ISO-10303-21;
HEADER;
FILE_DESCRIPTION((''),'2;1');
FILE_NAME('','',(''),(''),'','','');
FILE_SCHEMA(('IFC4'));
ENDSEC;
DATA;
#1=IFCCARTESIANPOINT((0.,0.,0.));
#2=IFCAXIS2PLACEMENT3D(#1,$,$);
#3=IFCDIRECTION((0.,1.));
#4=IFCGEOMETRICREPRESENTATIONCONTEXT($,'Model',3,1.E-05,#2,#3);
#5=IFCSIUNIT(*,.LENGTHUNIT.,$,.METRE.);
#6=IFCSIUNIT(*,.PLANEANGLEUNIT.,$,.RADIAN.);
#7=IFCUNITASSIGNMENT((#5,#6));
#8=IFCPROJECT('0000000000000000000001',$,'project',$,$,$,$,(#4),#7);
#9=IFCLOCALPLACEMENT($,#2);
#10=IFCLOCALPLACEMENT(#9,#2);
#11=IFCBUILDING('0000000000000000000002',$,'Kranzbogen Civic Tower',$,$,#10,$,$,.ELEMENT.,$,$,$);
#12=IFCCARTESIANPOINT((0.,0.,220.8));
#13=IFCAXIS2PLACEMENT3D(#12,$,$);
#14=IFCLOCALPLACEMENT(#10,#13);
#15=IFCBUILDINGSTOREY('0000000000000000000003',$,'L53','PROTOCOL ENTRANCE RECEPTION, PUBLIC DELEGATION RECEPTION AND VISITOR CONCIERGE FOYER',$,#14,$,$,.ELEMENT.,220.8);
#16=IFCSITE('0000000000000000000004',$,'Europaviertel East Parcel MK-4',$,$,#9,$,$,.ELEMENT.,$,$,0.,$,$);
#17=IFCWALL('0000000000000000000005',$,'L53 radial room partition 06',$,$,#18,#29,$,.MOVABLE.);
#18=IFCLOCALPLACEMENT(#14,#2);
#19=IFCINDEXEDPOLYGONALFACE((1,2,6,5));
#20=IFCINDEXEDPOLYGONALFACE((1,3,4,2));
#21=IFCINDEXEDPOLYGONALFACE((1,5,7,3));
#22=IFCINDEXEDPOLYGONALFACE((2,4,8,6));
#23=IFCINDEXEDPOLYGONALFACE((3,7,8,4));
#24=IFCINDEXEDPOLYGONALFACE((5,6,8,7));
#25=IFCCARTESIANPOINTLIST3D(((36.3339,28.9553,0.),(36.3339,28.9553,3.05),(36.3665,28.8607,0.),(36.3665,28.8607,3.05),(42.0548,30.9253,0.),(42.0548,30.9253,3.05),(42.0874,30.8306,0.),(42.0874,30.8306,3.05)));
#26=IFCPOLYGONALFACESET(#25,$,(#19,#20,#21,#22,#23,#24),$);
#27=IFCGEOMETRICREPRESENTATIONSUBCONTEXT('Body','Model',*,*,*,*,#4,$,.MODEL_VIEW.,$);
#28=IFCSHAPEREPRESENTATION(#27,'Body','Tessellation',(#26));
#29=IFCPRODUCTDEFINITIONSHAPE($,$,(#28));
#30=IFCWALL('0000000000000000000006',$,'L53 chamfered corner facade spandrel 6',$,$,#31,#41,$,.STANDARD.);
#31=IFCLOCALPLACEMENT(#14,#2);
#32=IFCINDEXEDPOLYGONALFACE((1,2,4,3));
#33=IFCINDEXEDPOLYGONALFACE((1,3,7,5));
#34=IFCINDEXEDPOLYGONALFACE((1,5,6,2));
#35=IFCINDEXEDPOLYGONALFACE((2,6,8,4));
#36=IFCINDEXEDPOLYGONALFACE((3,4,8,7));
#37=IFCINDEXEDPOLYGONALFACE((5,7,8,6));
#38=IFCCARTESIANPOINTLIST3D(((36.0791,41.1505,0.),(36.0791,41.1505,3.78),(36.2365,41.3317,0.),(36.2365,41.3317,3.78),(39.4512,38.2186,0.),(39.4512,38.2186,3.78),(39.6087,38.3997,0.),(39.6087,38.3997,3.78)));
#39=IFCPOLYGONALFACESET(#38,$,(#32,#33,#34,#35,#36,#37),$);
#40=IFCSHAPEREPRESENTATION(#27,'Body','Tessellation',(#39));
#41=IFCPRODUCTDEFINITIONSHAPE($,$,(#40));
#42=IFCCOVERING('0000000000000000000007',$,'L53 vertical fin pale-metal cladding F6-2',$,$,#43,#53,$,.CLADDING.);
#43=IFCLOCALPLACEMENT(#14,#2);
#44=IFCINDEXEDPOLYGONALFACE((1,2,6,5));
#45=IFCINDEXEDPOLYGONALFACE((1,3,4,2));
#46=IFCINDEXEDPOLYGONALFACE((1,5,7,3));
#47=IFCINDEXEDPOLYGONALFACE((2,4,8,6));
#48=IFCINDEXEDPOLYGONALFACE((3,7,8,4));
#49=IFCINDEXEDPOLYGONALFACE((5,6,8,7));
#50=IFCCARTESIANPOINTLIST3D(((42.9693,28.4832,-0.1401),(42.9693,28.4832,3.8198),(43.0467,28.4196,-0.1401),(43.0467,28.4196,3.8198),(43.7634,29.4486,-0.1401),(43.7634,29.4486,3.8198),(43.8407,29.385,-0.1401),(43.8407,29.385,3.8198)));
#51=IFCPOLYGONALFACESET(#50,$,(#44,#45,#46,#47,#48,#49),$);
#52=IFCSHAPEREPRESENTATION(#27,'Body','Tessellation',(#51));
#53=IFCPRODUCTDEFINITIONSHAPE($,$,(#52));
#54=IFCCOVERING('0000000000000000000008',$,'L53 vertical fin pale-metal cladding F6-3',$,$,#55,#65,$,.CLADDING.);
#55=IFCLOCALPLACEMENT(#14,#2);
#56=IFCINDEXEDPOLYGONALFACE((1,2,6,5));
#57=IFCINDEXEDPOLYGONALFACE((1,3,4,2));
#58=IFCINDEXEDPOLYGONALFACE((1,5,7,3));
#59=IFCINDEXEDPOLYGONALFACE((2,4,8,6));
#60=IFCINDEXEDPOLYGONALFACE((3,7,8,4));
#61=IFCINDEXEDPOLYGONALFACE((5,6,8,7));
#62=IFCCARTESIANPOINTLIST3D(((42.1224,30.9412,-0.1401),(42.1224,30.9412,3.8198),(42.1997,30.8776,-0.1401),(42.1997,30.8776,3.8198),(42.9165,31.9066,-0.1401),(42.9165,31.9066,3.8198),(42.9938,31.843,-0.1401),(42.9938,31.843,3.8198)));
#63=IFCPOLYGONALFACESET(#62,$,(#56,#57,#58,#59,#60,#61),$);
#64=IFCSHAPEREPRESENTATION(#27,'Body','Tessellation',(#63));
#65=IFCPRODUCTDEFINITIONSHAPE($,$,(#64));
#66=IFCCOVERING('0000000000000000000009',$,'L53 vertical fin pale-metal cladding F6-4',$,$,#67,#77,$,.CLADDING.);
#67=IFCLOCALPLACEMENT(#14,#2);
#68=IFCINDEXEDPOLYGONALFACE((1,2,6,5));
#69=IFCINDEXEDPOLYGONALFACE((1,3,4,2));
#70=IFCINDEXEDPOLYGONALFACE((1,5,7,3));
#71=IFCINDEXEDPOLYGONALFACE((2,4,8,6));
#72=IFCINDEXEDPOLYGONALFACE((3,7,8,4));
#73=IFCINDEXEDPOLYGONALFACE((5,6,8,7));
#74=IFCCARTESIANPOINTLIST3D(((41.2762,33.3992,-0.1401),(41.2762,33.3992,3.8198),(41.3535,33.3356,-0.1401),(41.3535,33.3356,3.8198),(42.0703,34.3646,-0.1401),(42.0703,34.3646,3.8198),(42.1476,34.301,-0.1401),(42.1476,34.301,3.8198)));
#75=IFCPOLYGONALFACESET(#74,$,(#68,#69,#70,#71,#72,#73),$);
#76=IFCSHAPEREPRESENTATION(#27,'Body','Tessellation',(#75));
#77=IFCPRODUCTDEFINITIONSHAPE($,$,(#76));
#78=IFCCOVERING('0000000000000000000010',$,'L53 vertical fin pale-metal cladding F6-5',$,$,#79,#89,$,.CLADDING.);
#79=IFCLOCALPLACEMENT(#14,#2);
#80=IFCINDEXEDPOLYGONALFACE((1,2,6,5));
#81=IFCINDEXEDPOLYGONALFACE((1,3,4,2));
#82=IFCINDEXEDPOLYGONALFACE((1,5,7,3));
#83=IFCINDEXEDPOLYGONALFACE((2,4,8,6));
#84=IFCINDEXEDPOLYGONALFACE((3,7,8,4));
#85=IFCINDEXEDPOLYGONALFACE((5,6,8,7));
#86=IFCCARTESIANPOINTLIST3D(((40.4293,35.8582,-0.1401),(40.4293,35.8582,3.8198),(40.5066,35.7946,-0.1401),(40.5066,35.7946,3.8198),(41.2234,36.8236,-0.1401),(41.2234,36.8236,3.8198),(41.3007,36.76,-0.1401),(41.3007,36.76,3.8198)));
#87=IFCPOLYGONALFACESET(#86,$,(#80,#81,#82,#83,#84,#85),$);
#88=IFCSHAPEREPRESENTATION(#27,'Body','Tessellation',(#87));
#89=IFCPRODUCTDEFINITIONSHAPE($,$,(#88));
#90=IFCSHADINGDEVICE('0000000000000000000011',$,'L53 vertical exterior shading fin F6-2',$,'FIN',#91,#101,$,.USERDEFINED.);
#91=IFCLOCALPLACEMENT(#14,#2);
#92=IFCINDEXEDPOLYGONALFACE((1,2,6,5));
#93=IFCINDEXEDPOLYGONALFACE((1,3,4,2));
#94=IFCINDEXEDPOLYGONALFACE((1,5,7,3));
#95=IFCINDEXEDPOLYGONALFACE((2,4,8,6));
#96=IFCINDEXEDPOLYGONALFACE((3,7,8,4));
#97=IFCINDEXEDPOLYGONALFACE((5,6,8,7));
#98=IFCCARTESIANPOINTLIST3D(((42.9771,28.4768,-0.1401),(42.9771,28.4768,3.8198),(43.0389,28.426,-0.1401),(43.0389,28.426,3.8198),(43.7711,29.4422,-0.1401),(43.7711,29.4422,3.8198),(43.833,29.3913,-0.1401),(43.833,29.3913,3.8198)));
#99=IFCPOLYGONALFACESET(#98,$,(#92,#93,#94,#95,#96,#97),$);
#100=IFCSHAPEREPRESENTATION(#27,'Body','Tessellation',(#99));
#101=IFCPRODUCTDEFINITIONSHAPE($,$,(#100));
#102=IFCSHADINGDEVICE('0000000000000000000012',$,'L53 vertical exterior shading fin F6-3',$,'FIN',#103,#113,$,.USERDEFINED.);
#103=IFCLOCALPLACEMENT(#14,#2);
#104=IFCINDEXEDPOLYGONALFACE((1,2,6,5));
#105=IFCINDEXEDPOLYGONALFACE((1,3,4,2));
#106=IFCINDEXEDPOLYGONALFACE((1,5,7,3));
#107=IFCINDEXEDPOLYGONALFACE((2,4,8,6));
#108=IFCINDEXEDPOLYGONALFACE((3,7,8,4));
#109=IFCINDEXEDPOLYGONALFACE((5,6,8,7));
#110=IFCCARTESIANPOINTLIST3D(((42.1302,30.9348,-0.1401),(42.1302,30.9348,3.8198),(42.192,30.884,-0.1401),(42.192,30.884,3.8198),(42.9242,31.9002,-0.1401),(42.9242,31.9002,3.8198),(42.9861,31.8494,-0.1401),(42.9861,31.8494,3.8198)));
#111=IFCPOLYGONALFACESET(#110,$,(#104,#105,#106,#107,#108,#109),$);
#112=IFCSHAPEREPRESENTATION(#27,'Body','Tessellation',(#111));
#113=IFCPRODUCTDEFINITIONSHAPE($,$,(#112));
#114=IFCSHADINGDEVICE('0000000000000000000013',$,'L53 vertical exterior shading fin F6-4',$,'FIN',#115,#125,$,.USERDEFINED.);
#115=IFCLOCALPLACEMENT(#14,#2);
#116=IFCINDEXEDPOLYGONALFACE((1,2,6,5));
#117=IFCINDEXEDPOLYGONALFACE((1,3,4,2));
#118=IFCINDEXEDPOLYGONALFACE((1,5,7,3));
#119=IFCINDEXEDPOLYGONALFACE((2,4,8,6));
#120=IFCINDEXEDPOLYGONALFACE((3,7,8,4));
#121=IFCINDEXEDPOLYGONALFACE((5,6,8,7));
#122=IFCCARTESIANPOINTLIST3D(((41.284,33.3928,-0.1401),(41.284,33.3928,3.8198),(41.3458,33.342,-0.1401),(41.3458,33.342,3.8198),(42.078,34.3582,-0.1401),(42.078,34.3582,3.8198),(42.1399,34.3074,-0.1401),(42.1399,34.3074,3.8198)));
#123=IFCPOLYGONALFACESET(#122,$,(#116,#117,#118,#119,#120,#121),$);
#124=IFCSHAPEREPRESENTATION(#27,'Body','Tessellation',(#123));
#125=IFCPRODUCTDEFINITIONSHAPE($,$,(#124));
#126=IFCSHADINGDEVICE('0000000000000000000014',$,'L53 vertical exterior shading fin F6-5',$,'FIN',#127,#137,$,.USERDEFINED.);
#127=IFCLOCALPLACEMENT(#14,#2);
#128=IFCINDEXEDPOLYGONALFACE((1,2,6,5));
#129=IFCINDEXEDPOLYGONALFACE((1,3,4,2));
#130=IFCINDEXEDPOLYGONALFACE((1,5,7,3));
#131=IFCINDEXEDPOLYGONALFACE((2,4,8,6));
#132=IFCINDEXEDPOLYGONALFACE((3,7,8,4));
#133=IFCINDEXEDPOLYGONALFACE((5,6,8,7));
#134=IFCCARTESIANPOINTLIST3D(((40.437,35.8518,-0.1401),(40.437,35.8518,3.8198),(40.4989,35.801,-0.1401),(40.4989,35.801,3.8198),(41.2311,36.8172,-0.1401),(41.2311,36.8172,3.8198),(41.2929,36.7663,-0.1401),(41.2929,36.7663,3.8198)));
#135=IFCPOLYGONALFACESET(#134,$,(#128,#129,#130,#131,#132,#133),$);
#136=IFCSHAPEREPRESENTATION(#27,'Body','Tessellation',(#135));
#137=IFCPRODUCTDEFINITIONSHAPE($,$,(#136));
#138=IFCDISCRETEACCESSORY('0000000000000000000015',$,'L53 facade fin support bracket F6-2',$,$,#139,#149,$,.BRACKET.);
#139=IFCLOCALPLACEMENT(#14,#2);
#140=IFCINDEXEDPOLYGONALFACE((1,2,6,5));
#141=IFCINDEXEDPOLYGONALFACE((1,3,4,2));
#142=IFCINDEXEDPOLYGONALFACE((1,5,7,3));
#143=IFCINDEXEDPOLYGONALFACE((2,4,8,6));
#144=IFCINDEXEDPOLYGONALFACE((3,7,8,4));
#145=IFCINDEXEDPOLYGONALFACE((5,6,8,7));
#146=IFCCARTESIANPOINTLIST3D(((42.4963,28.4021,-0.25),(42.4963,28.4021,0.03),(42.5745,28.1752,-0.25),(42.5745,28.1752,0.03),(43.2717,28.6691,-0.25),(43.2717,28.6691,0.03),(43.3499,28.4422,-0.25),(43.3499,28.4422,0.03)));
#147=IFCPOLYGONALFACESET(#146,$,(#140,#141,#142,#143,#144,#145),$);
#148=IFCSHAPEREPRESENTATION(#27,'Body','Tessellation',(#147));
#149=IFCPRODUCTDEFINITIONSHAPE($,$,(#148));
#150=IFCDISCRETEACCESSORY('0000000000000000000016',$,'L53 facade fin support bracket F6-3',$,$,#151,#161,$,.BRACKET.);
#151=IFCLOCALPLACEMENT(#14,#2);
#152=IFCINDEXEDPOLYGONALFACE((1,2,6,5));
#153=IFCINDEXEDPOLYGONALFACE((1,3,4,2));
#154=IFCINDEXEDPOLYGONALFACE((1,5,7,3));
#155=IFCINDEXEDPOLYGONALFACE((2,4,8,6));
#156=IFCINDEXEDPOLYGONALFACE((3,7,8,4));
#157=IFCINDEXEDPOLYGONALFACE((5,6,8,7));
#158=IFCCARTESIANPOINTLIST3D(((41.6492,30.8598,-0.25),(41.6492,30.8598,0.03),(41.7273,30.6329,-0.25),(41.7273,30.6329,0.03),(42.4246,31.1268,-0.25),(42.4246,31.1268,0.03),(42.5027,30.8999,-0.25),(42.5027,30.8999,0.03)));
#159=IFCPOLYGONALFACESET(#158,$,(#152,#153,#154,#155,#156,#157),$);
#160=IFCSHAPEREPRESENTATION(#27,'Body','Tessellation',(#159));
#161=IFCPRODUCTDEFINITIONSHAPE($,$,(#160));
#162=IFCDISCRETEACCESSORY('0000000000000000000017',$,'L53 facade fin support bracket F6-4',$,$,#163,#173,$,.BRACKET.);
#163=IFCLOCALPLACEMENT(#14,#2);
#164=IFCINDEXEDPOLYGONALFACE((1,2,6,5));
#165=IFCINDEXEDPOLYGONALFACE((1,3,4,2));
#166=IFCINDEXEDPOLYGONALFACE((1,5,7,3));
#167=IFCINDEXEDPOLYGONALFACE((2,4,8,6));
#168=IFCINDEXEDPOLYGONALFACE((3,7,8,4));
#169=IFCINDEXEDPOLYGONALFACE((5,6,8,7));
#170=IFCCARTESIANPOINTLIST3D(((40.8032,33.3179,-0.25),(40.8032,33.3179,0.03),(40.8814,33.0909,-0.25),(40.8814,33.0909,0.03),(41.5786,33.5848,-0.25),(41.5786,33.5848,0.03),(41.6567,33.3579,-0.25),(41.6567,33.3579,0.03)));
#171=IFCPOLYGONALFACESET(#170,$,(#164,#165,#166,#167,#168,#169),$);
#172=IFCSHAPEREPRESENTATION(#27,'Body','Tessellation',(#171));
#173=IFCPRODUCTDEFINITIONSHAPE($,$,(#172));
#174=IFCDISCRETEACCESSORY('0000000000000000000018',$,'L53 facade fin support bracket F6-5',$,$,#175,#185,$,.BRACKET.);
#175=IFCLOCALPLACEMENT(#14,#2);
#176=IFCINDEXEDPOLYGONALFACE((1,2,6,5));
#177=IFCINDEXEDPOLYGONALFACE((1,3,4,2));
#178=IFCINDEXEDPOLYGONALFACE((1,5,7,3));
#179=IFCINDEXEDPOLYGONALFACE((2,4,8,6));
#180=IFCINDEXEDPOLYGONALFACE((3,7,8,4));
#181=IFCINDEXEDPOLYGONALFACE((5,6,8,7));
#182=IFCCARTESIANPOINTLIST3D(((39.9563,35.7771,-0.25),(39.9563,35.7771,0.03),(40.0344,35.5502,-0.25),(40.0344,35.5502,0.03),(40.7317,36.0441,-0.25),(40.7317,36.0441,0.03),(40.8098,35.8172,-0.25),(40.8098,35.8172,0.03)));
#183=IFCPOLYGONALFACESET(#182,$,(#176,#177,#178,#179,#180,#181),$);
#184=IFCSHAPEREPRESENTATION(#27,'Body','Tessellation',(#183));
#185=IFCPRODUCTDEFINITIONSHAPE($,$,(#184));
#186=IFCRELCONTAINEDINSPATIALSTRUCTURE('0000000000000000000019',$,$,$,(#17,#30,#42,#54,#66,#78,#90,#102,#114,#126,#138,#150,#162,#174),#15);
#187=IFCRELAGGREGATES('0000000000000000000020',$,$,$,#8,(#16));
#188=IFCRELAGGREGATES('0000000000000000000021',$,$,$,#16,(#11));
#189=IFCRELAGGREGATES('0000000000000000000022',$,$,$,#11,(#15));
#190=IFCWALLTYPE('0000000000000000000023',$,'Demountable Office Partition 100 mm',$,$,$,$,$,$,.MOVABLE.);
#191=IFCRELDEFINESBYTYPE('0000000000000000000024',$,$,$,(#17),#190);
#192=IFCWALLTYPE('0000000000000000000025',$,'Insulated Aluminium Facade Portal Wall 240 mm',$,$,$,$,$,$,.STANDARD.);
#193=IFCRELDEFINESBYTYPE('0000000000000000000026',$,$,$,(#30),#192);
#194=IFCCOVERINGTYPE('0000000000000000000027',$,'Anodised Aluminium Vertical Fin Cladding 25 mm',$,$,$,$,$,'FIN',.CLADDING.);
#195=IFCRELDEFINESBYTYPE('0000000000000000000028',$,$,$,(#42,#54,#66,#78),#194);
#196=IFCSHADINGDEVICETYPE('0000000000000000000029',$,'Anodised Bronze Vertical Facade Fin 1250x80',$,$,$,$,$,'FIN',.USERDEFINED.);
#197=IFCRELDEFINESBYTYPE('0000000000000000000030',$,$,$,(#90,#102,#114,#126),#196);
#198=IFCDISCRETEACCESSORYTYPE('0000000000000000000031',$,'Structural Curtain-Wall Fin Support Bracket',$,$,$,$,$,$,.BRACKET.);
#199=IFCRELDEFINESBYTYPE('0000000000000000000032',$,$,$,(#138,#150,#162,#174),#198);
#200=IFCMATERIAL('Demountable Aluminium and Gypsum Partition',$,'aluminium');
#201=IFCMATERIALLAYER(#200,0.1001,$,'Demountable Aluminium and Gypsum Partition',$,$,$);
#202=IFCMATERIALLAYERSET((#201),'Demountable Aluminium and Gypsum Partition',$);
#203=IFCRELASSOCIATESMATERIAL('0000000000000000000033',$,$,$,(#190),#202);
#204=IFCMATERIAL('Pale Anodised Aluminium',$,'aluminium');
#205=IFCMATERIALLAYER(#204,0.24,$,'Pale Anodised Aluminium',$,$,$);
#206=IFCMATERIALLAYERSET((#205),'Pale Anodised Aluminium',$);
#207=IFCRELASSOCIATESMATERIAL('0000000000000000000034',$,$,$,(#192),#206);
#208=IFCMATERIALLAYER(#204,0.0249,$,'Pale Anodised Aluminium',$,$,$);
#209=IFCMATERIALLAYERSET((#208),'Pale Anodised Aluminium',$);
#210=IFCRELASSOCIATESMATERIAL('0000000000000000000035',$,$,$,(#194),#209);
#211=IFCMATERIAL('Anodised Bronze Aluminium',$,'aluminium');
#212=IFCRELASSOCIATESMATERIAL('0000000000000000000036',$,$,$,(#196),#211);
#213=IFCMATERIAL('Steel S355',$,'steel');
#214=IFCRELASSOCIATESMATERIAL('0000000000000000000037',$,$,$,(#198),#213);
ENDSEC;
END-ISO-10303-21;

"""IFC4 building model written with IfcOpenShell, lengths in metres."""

from ifc_helpers import new_model, si_unit, direction, frame, frame_2d, origin, origin_2d, place, context, subcontext, project, spatial, rectangle, extrude, material, layer, layer_set, type_object, element, save


model = new_model("IFC4")

# Units and contexts
model_context = context("Model", 3, precision=1e-05, world=origin(), true_north=direction((0.0, 1.0)))
body_context = subcontext(model_context, "Body", "Model", "MODEL_VIEW")
ifc_project = project(units=[si_unit("LENGTHUNIT", "METRE"), si_unit("PLANEANGLEUNIT", "RADIAN")], contexts=[model_context])

# Site, building, storey
site_placement = place(None, origin())
site = spatial("IfcSite", under=ifc_project, at=site_placement, Name="Europaviertel East Parcel MK-4", CompositionType="ELEMENT", RefElevation=0.0)
building_placement = place(site_placement, origin())
building = spatial("IfcBuilding", under=site, at=building_placement, Name="Kranzbogen Civic Tower", CompositionType="ELEMENT")
storey_placement = place(building_placement, frame((0.0, 0.0, 220.8)))
storey = spatial("IfcBuildingStorey", under=building, at=storey_placement, Name="L53", Description="PROTOCOL ENTRANCE RECEPTION, PUBLIC DELEGATION RECEPTION AND VISITOR CONCIERGE FOYER", CompositionType="ELEMENT", Elevation=220.8)

# Shared definitions
ifc_material_1 = material(Name="Steel S355", Category="steel")

# Shared definitions
ifc_material_2 = material(Name="Pale Anodised Aluminium", Category="aluminium")

# Walls
ifc_material_3 = material(Name="Demountable Aluminium and Gypsum Partition", Category="aluminium")
ifc_layer_1 = layer(ifc_material_3, 0.1001, Name="Demountable Aluminium and Gypsum Partition")
ifc_layer_set_1 = layer_set([ifc_layer_1], Name="Demountable Aluminium and Gypsum Partition")
wall_type_1 = type_object("IfcWallType", Name="Demountable Office Partition 100 mm", PredefinedType="MOVABLE", material=ifc_layer_set_1)
wall_1_placement = place(storey_placement, frame((36.3501, 28.908, 0.0), z_axis=(0.0, 0.0, 1.0), x_axis=(0.945514, 0.325582, 0.0)))
element("IfcWall", 1, at=wall_1_placement, inside=storey, type_object=wall_type_1, Name="L53 radial room partition 06", PredefinedType="MOVABLE", context=body_context, shape_type="SweptSolid", body=[
    extrude(rectangle(XDim=6.0505, YDim=0.1001, at=frame_2d((3.0254, 0.0))), origin(), (0.0, 0.0, 1.0), 3.05),
])
ifc_layer_2 = layer(ifc_material_2, 0.24, Name="Pale Anodised Aluminium")
ifc_layer_set_2 = layer_set([ifc_layer_2], Name="Pale Anodised Aluminium")
wall_type_2 = type_object("IfcWallType", Name="Insulated Aluminium Facade Portal Wall 240 mm", PredefinedType="STANDARD", material=ifc_layer_set_2)
wall_2_placement = place(storey_placement, frame((39.53, 38.3091, 0.0), z_axis=(0.0, 0.0, 1.0), x_axis=(-0.754644, 0.656134, 0.0)))
element("IfcWall", 2, at=wall_2_placement, inside=storey, type_object=wall_type_2, Name="L53 chamfered corner facade spandrel 6", PredefinedType="STANDARD", context=body_context, shape_type="SweptSolid", body=[
    extrude(rectangle(XDim=4.4685, YDim=0.24, at=frame_2d((2.2344, 0.0))), origin(), (0.0, 0.0, 1.0), 3.78),
])

# Coverings
ifc_layer_3 = layer(ifc_material_2, 0.0249, Name="Pale Anodised Aluminium")
ifc_layer_set_3 = layer_set([ifc_layer_3], Name="Pale Anodised Aluminium")
covering_type = type_object("IfcCoveringType", Name="Anodised Aluminium Vertical Fin Cladding 25 mm", ElementType="FIN", PredefinedType="CLADDING", material=ifc_layer_set_3)
for number, where, z_axis, x_axis, name in (
    (3, (43.405, 28.9341, -0.1401), (0.0, 0.0, 1.0), (0.635243, 0.772312, 0.0), "L53 vertical fin pale-metal cladding F6-2"),
    (4, (42.5581, 31.3921, -0.1401), (0.0, 0.0, 1.0), (0.635243, 0.772312, 0.0), "L53 vertical fin pale-metal cladding F6-3"),
    (5, (41.7119, 33.8501, -0.1401), (0.0, 0.0, 1.0), (0.635243, 0.772312, 0.0), "L53 vertical fin pale-metal cladding F6-4"),
    (6, (40.865, 36.3091, -0.1401), (0.0, 0.0, 1.0), (0.635243, 0.772312, 0.0), "L53 vertical fin pale-metal cladding F6-5"),
):
    element("IfcCovering", number, at=place(storey_placement, frame(where, z_axis=z_axis, x_axis=x_axis)), inside=storey, type_object=covering_type, Name=name, PredefinedType="CLADDING", context=body_context, shape_type="SweptSolid", body=[
        extrude(rectangle(XDim=1.25, YDim=0.1001, at=origin_2d()), origin(), (0.0, 0.0, 1.0), 3.96),
    ])

# Shading devices
ifc_material_4 = material(Name="Anodised Bronze Aluminium", Category="aluminium")
shading_device_type = type_object("IfcShadingDeviceType", Name="Anodised Bronze Vertical Facade Fin 1250x80", ElementType="FIN", PredefinedType="USERDEFINED", material=ifc_material_4)
for number, where, z_axis, x_axis, name in (
    (7, (43.405, 28.9341, -0.1401), (0.0, 0.0, 1.0), (0.635243, 0.772312, 0.0), "L53 vertical exterior shading fin F6-2"),
    (8, (42.5581, 31.3921, -0.1401), (0.0, 0.0, 1.0), (0.635243, 0.772312, 0.0), "L53 vertical exterior shading fin F6-3"),
    (9, (41.7119, 33.8501, -0.1401), (0.0, 0.0, 1.0), (0.635243, 0.772312, 0.0), "L53 vertical exterior shading fin F6-4"),
    (10, (40.865, 36.3091, -0.1401), (0.0, 0.0, 1.0), (0.635243, 0.772312, 0.0), "L53 vertical exterior shading fin F6-5"),
):
    element("IfcShadingDevice", number, at=place(storey_placement, frame(where, z_axis=z_axis, x_axis=x_axis)), inside=storey, type_object=shading_device_type, Name=name, ObjectType="FIN", PredefinedType="USERDEFINED", context=body_context, shape_type="SweptSolid", body=[
        extrude(rectangle(XDim=1.25, YDim=0.0801, at=origin_2d()), origin(), (0.0, 0.0, 1.0), 3.96),
    ])

# Discrete accessories
discrete_accessory_type = type_object("IfcDiscreteAccessoryType", Name="Structural Curtain-Wall Fin Support Bracket", PredefinedType="BRACKET", material=ifc_material_1)
for number, where, z_axis, x_axis, name in (
    (11, (42.9231, 28.4221, -0.25), (0.0, 0.0, 1.0), (0.945519, 0.325568, 0.0), "L53 facade fin support bracket F6-2"),
    (12, (42.0759, 30.8799, -0.25), (0.0, 0.0, 1.0), (0.945519, 0.325568, 0.0), "L53 facade fin support bracket F6-3"),
    (13, (41.23, 33.3379, -0.25), (0.0, 0.0, 1.0), (0.945519, 0.325568, 0.0), "L53 facade fin support bracket F6-4"),
    (14, (40.3831, 35.7971, -0.25), (0.0, 0.0, 1.0), (0.945519, 0.325568, 0.0), "L53 facade fin support bracket F6-5"),
):
    element("IfcDiscreteAccessory", number, at=place(storey_placement, frame(where, z_axis=z_axis, x_axis=x_axis)), inside=storey, type_object=discrete_accessory_type, Name=name, PredefinedType="BRACKET", context=body_context, shape_type="SweptSolid", body=[
        extrude(rectangle(XDim=0.8201, YDim=0.24, at=origin_2d()), origin(), (0.0, 0.0, 1.0), 0.28),
    ])

save(model, "model.ifc")
